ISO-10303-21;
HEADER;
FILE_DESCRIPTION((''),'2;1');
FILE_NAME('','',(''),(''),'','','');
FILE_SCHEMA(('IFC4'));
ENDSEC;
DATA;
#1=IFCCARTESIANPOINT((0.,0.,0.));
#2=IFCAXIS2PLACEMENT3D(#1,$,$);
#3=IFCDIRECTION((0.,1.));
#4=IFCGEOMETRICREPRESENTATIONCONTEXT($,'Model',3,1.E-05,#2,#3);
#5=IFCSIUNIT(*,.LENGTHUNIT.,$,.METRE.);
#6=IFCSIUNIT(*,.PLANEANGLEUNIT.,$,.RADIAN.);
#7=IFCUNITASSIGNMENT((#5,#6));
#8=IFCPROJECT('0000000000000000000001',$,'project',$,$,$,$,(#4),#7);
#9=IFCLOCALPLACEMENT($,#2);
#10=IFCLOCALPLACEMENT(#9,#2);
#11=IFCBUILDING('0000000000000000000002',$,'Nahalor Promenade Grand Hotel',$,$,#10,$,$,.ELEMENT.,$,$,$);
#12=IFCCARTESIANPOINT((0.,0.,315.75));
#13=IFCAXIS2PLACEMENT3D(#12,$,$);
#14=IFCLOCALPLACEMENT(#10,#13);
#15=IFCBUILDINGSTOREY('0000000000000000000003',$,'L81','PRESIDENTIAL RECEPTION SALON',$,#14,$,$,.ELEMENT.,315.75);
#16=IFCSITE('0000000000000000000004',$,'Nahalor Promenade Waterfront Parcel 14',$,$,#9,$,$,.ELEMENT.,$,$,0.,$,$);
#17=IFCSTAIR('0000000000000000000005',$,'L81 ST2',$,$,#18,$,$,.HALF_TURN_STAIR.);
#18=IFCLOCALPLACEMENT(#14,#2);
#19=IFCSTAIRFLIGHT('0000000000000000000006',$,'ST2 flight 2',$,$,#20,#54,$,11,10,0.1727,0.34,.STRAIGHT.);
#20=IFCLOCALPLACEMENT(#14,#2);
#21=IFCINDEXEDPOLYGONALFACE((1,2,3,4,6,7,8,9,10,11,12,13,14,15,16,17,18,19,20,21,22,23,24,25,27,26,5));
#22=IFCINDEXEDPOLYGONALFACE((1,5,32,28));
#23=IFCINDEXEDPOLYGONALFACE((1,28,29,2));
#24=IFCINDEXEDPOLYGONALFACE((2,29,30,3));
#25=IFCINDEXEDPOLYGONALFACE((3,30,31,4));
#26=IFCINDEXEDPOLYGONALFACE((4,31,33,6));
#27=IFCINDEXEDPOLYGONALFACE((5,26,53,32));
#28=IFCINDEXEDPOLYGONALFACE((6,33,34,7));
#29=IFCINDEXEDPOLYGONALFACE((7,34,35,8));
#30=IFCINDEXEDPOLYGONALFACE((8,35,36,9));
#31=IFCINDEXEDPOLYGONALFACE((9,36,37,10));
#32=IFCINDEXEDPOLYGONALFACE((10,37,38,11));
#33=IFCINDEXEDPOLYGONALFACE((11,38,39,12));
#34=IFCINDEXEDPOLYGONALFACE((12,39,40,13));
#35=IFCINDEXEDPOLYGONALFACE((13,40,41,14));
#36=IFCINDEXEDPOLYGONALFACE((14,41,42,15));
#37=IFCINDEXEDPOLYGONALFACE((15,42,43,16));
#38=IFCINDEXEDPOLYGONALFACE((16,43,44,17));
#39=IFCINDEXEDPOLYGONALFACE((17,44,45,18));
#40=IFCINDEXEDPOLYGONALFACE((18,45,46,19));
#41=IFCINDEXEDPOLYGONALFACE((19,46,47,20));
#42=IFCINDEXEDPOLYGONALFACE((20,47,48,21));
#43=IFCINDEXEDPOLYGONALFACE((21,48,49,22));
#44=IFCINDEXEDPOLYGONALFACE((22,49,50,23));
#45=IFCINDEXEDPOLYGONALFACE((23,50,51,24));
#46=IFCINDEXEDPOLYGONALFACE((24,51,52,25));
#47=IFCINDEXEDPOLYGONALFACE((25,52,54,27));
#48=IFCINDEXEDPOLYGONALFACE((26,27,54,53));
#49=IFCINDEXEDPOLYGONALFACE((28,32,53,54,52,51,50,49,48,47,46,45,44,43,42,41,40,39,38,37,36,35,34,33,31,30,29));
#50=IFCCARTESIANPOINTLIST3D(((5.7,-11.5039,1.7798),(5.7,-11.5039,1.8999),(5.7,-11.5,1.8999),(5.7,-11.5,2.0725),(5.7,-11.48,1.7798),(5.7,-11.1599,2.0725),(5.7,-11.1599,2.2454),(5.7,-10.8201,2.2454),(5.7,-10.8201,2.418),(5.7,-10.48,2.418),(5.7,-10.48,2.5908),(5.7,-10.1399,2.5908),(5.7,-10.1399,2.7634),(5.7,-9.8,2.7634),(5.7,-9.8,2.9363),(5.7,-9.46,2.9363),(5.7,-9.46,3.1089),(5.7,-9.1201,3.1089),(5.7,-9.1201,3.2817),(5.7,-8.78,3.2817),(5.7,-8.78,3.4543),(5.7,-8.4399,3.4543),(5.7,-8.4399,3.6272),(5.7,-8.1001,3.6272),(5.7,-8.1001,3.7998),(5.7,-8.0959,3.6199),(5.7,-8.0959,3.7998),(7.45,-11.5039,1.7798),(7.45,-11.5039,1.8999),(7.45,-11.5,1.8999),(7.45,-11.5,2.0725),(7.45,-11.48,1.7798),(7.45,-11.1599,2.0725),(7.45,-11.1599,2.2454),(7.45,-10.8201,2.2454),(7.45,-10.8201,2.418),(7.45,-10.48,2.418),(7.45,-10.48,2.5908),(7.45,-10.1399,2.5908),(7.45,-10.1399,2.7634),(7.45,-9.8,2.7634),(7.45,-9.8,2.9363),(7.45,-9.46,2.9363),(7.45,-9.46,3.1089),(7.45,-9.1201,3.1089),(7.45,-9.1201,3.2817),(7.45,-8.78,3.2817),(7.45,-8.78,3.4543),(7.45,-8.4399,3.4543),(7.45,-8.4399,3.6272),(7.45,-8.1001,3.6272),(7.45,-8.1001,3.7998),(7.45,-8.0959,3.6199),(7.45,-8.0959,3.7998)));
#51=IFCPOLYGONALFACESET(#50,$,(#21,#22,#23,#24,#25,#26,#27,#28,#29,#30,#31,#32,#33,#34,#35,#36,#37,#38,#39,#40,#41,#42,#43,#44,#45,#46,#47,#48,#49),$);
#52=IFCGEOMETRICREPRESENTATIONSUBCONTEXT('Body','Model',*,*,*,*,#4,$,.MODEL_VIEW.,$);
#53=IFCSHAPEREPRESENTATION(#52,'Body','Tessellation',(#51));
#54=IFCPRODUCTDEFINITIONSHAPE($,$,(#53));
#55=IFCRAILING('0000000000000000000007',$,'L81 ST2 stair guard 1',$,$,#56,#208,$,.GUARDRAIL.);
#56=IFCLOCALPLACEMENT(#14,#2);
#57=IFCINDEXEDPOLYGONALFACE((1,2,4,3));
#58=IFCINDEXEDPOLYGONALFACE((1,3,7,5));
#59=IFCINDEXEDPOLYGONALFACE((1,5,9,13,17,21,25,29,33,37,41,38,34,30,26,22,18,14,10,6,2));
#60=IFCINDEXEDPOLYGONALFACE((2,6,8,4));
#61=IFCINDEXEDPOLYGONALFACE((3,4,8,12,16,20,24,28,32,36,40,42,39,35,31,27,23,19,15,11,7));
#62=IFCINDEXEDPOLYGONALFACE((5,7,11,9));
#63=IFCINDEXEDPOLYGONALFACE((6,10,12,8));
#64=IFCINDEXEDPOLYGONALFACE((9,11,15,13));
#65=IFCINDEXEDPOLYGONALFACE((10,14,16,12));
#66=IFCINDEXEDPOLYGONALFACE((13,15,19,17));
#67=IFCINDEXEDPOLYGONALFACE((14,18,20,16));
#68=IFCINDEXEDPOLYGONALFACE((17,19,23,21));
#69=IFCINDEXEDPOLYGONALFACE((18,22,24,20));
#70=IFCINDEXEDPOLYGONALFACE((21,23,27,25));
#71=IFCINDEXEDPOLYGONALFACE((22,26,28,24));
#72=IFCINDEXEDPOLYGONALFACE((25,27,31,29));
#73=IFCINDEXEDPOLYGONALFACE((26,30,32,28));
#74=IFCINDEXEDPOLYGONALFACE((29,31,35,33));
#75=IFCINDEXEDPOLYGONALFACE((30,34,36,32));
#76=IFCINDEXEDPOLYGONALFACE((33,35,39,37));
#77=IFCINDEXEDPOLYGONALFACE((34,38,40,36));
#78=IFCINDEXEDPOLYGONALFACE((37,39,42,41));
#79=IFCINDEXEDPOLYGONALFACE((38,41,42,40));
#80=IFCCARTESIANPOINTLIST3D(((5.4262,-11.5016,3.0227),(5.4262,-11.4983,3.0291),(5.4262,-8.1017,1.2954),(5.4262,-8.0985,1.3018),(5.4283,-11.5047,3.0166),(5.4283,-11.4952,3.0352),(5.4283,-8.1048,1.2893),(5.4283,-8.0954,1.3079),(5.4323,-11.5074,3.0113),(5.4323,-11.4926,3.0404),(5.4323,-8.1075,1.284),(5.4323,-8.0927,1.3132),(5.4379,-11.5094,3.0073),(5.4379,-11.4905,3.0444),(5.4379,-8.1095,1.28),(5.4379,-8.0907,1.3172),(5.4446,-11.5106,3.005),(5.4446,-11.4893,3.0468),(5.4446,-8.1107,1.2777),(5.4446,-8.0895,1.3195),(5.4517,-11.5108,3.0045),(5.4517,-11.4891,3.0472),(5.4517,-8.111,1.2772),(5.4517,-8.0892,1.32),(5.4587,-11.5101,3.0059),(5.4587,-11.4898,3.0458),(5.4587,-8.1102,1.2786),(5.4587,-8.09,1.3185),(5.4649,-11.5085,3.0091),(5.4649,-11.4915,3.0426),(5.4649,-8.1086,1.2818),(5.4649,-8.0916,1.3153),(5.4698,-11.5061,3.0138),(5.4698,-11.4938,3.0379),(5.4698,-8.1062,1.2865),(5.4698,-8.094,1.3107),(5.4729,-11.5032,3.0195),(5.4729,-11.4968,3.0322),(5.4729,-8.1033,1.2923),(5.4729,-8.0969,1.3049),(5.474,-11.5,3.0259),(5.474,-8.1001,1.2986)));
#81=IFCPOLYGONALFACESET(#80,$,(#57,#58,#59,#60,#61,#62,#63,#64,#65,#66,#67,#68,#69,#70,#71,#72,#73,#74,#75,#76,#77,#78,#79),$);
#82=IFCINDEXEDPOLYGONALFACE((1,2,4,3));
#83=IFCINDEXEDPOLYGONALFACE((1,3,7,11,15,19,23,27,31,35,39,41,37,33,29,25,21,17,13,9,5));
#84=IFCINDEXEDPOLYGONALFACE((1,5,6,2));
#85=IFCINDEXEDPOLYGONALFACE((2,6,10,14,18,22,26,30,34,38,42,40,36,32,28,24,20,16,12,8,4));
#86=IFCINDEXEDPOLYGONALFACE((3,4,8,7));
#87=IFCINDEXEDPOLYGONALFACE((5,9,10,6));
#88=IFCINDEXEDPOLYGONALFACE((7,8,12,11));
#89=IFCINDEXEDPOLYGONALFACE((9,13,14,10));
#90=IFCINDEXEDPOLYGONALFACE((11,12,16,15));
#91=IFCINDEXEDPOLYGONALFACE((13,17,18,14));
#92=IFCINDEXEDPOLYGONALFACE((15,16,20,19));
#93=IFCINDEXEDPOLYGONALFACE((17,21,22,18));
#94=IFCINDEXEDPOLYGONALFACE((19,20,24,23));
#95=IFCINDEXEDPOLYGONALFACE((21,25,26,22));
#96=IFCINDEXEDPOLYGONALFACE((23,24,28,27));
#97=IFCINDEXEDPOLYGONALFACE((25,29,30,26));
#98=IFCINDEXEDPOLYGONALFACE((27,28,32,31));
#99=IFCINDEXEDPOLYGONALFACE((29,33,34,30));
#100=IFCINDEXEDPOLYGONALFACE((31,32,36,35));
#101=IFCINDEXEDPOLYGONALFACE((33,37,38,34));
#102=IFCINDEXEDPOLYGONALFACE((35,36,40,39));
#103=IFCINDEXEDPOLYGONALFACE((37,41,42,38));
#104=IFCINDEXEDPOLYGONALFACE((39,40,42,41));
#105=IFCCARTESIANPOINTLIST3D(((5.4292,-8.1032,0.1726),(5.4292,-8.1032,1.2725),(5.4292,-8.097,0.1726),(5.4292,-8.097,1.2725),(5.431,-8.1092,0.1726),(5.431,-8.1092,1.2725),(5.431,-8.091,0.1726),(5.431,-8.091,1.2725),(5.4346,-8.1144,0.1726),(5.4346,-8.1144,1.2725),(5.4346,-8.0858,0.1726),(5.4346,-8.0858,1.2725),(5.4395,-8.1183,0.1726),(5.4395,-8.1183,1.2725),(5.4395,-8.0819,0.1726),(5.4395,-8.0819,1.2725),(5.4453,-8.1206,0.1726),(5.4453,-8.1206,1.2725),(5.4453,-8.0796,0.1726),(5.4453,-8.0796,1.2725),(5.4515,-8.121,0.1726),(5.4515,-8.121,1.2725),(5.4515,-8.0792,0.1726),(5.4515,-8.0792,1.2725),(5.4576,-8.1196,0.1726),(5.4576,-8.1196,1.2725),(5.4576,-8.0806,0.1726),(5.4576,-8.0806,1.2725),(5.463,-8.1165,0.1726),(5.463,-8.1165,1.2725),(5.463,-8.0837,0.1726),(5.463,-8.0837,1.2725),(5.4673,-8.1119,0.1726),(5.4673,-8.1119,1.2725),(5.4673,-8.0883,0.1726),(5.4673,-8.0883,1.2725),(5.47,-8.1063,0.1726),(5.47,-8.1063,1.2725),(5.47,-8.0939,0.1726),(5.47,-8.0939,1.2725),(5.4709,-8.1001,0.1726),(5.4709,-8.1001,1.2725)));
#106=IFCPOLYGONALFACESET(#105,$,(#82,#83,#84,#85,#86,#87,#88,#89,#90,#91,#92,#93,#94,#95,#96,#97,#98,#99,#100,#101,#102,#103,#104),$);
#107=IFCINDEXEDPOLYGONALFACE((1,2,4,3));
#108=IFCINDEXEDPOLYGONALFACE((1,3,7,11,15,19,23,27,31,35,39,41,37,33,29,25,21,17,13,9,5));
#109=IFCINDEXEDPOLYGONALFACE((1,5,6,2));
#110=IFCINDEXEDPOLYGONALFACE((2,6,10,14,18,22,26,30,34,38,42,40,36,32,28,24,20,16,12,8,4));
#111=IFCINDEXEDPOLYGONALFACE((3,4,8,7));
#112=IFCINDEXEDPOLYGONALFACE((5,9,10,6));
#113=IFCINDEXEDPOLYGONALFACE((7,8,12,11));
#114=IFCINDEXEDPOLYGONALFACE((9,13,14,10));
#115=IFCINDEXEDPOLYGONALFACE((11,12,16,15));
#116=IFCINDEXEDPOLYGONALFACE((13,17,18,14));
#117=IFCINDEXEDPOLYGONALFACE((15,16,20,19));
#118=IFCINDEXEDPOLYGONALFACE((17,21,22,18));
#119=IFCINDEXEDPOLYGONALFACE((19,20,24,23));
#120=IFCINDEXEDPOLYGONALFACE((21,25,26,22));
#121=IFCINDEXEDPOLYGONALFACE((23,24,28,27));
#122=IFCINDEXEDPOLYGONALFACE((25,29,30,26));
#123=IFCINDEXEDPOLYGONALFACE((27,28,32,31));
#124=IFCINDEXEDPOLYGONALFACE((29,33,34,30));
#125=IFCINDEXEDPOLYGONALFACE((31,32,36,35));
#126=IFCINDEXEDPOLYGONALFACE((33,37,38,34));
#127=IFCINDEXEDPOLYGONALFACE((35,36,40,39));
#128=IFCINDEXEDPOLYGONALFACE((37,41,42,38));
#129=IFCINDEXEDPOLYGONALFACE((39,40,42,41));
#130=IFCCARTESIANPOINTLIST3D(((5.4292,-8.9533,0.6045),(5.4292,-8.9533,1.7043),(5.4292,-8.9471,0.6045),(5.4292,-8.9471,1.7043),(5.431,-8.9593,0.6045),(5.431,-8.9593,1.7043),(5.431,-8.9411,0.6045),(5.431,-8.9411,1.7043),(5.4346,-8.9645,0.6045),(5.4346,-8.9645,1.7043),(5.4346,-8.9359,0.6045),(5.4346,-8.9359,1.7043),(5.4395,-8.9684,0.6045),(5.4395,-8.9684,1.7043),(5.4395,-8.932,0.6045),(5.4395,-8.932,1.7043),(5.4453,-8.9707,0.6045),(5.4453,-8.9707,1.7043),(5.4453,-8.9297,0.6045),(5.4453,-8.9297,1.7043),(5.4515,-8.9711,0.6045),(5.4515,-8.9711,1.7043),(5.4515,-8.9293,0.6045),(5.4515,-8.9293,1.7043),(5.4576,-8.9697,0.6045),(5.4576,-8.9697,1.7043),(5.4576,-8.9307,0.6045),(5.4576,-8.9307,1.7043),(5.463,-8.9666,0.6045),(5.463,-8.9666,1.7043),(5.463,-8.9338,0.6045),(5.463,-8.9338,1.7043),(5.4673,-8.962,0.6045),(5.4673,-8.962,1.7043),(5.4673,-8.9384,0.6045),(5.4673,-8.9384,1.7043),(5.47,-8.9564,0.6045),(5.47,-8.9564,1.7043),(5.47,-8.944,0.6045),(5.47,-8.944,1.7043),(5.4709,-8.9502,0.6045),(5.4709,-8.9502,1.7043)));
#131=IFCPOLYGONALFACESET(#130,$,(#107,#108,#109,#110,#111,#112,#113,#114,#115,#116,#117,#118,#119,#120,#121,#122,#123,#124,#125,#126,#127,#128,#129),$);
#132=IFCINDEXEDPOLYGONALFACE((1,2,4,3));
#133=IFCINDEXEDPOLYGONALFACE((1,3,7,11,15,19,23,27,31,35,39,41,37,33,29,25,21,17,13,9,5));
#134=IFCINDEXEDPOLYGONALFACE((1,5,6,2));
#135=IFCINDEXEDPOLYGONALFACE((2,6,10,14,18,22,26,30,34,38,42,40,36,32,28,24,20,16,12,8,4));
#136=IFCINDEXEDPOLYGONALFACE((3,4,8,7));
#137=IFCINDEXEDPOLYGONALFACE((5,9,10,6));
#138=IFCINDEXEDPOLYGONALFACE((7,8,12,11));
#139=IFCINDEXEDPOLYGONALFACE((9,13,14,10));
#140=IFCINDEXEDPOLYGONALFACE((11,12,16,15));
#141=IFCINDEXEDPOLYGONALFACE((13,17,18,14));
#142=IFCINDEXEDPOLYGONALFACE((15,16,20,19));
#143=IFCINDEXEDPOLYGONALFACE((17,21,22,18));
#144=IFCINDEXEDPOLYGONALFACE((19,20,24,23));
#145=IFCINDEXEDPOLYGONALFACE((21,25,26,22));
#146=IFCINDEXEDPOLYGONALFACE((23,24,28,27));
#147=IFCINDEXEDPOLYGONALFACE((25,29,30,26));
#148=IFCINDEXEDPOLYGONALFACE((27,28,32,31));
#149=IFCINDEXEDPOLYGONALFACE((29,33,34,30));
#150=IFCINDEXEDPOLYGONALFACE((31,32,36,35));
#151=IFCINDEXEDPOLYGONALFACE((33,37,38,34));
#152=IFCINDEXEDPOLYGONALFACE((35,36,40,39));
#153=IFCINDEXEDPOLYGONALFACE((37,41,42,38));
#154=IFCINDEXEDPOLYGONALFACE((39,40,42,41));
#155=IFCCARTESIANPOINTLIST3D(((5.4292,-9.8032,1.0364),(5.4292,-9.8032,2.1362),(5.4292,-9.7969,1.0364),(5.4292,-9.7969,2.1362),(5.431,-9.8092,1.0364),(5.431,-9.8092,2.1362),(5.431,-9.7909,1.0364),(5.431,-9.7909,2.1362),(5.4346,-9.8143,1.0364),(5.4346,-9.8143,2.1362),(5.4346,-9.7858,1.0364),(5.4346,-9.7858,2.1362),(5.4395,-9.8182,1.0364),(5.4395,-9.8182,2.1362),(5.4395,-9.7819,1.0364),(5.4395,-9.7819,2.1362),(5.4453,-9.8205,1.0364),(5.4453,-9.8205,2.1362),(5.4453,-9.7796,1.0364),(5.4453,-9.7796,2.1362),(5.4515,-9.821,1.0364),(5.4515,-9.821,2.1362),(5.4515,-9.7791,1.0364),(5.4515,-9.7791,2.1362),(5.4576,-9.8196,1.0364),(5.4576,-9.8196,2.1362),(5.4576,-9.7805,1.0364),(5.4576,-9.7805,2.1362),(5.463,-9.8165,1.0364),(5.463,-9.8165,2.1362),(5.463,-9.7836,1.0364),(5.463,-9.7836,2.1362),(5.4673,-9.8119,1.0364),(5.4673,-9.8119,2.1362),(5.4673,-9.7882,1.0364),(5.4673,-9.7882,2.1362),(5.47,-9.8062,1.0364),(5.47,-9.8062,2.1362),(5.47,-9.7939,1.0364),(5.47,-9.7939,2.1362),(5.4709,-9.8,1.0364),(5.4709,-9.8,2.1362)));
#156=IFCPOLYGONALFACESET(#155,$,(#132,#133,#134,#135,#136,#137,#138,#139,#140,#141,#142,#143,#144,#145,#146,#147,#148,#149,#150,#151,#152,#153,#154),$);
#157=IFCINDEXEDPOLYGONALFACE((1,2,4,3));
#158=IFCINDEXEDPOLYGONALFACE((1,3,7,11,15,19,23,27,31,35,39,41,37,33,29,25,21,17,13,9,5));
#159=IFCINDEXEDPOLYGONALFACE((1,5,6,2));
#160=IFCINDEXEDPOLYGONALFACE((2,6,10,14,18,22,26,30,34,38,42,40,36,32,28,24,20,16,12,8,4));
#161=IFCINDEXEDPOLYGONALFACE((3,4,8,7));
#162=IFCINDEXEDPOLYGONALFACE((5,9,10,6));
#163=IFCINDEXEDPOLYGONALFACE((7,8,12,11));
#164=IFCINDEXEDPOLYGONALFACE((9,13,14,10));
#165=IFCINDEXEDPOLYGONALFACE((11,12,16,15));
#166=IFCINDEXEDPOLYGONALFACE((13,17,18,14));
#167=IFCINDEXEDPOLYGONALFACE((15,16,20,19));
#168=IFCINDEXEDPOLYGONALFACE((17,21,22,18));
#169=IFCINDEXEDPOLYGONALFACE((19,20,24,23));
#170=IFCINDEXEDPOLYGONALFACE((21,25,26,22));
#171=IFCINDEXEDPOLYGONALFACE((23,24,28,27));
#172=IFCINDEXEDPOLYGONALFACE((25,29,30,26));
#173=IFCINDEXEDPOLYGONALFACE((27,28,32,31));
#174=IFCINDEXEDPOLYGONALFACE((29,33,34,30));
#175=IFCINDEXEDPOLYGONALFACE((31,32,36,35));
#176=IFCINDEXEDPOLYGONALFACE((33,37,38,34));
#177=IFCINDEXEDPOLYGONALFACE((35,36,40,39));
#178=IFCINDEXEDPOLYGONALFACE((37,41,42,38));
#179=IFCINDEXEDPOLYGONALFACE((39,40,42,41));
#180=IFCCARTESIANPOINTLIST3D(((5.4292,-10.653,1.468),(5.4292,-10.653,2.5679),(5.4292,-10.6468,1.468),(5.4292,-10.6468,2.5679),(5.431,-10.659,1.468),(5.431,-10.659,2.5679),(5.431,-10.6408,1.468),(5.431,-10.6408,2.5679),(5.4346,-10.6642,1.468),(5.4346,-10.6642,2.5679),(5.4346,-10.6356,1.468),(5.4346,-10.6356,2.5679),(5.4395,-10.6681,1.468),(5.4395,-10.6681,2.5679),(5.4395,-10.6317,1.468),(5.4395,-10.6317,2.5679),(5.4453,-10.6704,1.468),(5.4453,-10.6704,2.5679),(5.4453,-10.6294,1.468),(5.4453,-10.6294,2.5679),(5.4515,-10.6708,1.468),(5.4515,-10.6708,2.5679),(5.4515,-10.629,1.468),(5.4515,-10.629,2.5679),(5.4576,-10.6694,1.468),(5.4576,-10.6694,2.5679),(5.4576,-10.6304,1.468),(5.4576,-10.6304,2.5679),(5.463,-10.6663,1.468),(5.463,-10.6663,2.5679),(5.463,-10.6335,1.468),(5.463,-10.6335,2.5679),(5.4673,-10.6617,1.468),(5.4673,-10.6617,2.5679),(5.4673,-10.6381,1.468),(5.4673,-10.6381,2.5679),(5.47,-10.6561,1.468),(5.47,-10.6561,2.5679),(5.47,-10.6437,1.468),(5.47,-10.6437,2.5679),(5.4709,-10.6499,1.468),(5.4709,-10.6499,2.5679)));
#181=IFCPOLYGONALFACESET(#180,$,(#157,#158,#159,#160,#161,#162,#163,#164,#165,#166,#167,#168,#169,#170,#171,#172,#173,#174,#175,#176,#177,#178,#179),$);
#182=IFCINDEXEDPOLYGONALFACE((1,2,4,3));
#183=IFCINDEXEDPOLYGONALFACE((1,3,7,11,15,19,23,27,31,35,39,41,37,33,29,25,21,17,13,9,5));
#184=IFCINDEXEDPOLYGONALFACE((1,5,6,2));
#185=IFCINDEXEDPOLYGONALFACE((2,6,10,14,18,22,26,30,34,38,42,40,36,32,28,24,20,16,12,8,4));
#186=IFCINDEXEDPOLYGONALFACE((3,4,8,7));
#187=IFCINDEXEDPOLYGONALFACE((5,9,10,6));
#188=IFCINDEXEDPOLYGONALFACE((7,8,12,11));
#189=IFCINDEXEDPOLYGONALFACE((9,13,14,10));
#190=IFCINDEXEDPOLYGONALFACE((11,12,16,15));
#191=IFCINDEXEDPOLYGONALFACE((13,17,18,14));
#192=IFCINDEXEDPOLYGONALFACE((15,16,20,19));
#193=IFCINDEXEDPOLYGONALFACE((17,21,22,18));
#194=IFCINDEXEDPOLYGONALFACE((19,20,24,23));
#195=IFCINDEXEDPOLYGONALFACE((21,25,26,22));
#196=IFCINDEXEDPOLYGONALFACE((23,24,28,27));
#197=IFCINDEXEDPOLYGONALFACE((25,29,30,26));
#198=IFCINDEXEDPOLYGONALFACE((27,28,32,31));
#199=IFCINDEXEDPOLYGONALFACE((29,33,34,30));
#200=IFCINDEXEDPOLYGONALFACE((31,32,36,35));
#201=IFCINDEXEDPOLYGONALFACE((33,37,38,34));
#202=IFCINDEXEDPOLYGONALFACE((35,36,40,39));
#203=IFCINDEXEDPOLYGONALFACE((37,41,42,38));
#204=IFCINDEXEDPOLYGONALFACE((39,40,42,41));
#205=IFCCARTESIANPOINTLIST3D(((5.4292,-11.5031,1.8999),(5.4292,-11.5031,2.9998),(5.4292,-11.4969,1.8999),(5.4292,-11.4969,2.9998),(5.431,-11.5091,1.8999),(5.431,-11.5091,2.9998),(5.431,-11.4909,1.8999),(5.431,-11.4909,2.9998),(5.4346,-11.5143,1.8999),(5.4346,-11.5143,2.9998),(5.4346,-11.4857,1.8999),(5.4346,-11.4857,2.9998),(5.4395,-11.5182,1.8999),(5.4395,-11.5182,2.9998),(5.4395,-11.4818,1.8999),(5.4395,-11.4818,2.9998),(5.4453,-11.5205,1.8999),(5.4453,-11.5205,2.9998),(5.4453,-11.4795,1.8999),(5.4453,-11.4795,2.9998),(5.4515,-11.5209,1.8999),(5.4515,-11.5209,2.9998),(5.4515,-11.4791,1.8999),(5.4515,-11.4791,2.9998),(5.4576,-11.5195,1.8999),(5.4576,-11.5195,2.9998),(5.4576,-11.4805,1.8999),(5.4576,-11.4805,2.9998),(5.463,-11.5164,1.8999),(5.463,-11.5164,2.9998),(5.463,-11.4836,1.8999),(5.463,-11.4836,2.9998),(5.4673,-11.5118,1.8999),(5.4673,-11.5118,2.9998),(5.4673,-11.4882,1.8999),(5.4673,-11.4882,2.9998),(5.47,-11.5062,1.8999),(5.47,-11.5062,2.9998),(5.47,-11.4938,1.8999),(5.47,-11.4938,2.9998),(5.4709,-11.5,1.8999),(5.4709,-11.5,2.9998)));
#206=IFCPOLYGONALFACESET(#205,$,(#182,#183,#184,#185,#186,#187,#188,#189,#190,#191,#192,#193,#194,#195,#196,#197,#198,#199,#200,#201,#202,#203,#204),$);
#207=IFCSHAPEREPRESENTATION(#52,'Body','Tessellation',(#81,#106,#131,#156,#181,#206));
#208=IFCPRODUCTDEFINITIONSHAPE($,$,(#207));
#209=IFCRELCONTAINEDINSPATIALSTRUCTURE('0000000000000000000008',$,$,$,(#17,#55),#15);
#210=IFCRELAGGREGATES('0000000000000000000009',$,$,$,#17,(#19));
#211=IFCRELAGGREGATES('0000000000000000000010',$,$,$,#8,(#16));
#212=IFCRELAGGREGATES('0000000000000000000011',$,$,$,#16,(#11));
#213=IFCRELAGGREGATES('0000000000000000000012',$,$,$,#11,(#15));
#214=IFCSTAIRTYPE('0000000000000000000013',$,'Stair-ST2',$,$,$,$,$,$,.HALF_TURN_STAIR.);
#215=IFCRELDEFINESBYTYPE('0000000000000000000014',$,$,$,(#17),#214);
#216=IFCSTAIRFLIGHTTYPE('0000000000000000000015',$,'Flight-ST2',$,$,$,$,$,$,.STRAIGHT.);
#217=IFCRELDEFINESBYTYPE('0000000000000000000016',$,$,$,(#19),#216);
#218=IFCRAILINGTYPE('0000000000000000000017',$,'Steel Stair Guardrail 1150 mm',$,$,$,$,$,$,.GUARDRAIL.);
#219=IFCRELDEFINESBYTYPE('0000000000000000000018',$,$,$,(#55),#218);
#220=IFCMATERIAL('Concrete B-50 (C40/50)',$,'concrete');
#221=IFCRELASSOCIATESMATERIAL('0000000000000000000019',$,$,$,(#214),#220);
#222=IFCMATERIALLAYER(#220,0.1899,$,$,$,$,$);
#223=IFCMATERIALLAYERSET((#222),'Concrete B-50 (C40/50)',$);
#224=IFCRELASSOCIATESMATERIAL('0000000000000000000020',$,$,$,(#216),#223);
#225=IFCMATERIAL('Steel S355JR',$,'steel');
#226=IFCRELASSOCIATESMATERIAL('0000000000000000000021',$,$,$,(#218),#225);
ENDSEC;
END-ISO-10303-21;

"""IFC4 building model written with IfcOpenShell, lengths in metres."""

from ifc_helpers import new_model, si_unit, direction, frame, origin, origin_2d, place, context, subcontext, project, spatial, polyline, circle, outline, extrude, source, transform, mapped, material, layer, layer_set, type_object, element, aggregate, save


model = new_model("IFC4")

# Units and contexts
model_context = context("Model", 3, precision=1e-05, world=origin(), true_north=direction((0.0, 1.0)))
body_context = subcontext(model_context, "Body", "Model", "MODEL_VIEW")
ifc_project = project(units=[si_unit("LENGTHUNIT", "METRE"), si_unit("PLANEANGLEUNIT", "RADIAN")], contexts=[model_context])

# Site, building, storey
site_placement = place(None, origin())
site = spatial("IfcSite", under=ifc_project, at=site_placement, Name="Nahalor Promenade Waterfront Parcel 14", CompositionType="ELEMENT", RefElevation=0.0)
building_placement = place(site_placement, origin())
building = spatial("IfcBuilding", under=site, at=building_placement, Name="Nahalor Promenade Grand Hotel", CompositionType="ELEMENT")
storey_placement = place(building_placement, frame((0.0, 0.0, 315.75)))
storey = spatial("IfcBuildingStorey", under=building, at=storey_placement, Name="L81", Description="PRESIDENTIAL RECEPTION SALON", CompositionType="ELEMENT", Elevation=315.75)

# Shared definitions
ifc_material_1 = material(Name="Steel S355JR", Category="steel")

# Shared definitions
ifc_material_2 = material(Name="Concrete B-50 (C40/50)", Category="concrete")

# Stair, stair flight
stair_type = type_object("IfcStairType", Name="Stair-ST2", PredefinedType="HALF_TURN_STAIR", material=ifc_material_2)
stair_placement = place(storey_placement, origin())
stair = element("IfcStair", 1, at=stair_placement, inside=storey, type_object=stair_type, Name="L81 ST2", PredefinedType="HALF_TURN_STAIR")
ifc_layer_1 = layer(ifc_material_2, 0.1899)
ifc_layer_set_1 = layer_set([ifc_layer_1], Name="Concrete B-50 (C40/50)")
stair_flight_type = type_object("IfcStairFlightType", Name="Flight-ST2", PredefinedType="STRAIGHT", material=ifc_layer_set_1)
shared_shape_1 = source(origin(), body_context, "Body", "SweptSolid", [
    extrude(outline(polyline([(-0.0039, -0.1201), (-0.0039, 0.0), (0.0, 0.0), (0.0, 0.1726), (0.3401, 0.1726), (0.3401, 0.3455), (0.6799, 0.3455), (0.6799, 0.5181), (1.02, 0.5181), (1.02, 0.6909), (1.3601, 0.6909), (1.3601, 0.8635), (1.7, 0.8635), (1.7, 1.0364), (2.04, 1.0364), (2.04, 1.209), (2.3799, 1.209), (2.3799, 1.3818), (2.72, 1.3818), (2.72, 1.5544), (3.0601, 1.5544), (3.0601, 1.7273), (3.3999, 1.7273), (3.3999, 1.8999), (3.4041, 1.8999), (3.4041, 1.72), (0.02, -0.1201), (-0.0039, -0.1201)])), frame((0.0, 0.875, 0.0), z_axis=(0.0, -1.0, 0.0), x_axis=(1.0, 0.0, 0.0)), (0.0, 0.0, 1.0), 1.75),
])
stair_flight_1_placement = place(storey_placement, frame((6.575, -11.5, 1.8999), z_axis=(0.0, 0.0, 1.0), x_axis=(0.0, 1.0, 0.0)))
stair_flight_1 = element("IfcStairFlight", 2, at=stair_flight_1_placement, type_object=stair_flight_type, Name="ST2 flight 2", NumberOfRisers=11, NumberOfTreads=10, PredefinedType="STRAIGHT", RiserHeight=0.1727, TreadLength=0.34, context=body_context, shape_type="MappedRepresentation", body=[
    mapped(shared_shape_1, transform((0.0, 0.0, 0.0), scale=1.0)),
])
aggregate(stair, [stair_flight_1])

# Railing
railing_type_1 = type_object("IfcRailingType", Name="Steel Stair Guardrail 1150 mm", PredefinedType="GUARDRAIL", material=ifc_material_1)
railing_1_placement = place(storey_placement, frame((5.45, -8.1001, 0.1726)))
element("IfcRailing", 3, at=railing_1_placement, inside=storey, type_object=railing_type_1, Name="L81 ST2 stair guard 1", PredefinedType="GUARDRAIL", context=body_context, shape_type="SweptSolid", body=[
    extrude(circle(Radius=0.024, at=origin_2d()), frame((0.0, 0.0, 1.126), z_axis=(0.0, -0.891541, 0.452941), x_axis=(1.0, 0.0, 0.0)), (0.0, 0.0, 1.0), 3.8135),
    extrude(circle(Radius=0.021, at=origin_2d()), origin(), (0.0, 0.0, 1.0), 1.0999),
    extrude(circle(Radius=0.021, at=origin_2d()), frame((0.0, -0.8501, 0.4319)), (0.0, 0.0, 1.0), 1.0999),
    extrude(circle(Radius=0.021, at=origin_2d()), frame((0.0, -1.7, 0.8638)), (0.0, 0.0, 1.0), 1.0999),
    extrude(circle(Radius=0.021, at=origin_2d()), frame((0.0, -2.5498, 1.2954)), (0.0, 0.0, 1.0), 1.0999),
    extrude(circle(Radius=0.021, at=origin_2d()), frame((0.0, -3.3999, 1.7273)), (0.0, 0.0, 1.0), 1.0999),
])

save(model, "model.ifc")
